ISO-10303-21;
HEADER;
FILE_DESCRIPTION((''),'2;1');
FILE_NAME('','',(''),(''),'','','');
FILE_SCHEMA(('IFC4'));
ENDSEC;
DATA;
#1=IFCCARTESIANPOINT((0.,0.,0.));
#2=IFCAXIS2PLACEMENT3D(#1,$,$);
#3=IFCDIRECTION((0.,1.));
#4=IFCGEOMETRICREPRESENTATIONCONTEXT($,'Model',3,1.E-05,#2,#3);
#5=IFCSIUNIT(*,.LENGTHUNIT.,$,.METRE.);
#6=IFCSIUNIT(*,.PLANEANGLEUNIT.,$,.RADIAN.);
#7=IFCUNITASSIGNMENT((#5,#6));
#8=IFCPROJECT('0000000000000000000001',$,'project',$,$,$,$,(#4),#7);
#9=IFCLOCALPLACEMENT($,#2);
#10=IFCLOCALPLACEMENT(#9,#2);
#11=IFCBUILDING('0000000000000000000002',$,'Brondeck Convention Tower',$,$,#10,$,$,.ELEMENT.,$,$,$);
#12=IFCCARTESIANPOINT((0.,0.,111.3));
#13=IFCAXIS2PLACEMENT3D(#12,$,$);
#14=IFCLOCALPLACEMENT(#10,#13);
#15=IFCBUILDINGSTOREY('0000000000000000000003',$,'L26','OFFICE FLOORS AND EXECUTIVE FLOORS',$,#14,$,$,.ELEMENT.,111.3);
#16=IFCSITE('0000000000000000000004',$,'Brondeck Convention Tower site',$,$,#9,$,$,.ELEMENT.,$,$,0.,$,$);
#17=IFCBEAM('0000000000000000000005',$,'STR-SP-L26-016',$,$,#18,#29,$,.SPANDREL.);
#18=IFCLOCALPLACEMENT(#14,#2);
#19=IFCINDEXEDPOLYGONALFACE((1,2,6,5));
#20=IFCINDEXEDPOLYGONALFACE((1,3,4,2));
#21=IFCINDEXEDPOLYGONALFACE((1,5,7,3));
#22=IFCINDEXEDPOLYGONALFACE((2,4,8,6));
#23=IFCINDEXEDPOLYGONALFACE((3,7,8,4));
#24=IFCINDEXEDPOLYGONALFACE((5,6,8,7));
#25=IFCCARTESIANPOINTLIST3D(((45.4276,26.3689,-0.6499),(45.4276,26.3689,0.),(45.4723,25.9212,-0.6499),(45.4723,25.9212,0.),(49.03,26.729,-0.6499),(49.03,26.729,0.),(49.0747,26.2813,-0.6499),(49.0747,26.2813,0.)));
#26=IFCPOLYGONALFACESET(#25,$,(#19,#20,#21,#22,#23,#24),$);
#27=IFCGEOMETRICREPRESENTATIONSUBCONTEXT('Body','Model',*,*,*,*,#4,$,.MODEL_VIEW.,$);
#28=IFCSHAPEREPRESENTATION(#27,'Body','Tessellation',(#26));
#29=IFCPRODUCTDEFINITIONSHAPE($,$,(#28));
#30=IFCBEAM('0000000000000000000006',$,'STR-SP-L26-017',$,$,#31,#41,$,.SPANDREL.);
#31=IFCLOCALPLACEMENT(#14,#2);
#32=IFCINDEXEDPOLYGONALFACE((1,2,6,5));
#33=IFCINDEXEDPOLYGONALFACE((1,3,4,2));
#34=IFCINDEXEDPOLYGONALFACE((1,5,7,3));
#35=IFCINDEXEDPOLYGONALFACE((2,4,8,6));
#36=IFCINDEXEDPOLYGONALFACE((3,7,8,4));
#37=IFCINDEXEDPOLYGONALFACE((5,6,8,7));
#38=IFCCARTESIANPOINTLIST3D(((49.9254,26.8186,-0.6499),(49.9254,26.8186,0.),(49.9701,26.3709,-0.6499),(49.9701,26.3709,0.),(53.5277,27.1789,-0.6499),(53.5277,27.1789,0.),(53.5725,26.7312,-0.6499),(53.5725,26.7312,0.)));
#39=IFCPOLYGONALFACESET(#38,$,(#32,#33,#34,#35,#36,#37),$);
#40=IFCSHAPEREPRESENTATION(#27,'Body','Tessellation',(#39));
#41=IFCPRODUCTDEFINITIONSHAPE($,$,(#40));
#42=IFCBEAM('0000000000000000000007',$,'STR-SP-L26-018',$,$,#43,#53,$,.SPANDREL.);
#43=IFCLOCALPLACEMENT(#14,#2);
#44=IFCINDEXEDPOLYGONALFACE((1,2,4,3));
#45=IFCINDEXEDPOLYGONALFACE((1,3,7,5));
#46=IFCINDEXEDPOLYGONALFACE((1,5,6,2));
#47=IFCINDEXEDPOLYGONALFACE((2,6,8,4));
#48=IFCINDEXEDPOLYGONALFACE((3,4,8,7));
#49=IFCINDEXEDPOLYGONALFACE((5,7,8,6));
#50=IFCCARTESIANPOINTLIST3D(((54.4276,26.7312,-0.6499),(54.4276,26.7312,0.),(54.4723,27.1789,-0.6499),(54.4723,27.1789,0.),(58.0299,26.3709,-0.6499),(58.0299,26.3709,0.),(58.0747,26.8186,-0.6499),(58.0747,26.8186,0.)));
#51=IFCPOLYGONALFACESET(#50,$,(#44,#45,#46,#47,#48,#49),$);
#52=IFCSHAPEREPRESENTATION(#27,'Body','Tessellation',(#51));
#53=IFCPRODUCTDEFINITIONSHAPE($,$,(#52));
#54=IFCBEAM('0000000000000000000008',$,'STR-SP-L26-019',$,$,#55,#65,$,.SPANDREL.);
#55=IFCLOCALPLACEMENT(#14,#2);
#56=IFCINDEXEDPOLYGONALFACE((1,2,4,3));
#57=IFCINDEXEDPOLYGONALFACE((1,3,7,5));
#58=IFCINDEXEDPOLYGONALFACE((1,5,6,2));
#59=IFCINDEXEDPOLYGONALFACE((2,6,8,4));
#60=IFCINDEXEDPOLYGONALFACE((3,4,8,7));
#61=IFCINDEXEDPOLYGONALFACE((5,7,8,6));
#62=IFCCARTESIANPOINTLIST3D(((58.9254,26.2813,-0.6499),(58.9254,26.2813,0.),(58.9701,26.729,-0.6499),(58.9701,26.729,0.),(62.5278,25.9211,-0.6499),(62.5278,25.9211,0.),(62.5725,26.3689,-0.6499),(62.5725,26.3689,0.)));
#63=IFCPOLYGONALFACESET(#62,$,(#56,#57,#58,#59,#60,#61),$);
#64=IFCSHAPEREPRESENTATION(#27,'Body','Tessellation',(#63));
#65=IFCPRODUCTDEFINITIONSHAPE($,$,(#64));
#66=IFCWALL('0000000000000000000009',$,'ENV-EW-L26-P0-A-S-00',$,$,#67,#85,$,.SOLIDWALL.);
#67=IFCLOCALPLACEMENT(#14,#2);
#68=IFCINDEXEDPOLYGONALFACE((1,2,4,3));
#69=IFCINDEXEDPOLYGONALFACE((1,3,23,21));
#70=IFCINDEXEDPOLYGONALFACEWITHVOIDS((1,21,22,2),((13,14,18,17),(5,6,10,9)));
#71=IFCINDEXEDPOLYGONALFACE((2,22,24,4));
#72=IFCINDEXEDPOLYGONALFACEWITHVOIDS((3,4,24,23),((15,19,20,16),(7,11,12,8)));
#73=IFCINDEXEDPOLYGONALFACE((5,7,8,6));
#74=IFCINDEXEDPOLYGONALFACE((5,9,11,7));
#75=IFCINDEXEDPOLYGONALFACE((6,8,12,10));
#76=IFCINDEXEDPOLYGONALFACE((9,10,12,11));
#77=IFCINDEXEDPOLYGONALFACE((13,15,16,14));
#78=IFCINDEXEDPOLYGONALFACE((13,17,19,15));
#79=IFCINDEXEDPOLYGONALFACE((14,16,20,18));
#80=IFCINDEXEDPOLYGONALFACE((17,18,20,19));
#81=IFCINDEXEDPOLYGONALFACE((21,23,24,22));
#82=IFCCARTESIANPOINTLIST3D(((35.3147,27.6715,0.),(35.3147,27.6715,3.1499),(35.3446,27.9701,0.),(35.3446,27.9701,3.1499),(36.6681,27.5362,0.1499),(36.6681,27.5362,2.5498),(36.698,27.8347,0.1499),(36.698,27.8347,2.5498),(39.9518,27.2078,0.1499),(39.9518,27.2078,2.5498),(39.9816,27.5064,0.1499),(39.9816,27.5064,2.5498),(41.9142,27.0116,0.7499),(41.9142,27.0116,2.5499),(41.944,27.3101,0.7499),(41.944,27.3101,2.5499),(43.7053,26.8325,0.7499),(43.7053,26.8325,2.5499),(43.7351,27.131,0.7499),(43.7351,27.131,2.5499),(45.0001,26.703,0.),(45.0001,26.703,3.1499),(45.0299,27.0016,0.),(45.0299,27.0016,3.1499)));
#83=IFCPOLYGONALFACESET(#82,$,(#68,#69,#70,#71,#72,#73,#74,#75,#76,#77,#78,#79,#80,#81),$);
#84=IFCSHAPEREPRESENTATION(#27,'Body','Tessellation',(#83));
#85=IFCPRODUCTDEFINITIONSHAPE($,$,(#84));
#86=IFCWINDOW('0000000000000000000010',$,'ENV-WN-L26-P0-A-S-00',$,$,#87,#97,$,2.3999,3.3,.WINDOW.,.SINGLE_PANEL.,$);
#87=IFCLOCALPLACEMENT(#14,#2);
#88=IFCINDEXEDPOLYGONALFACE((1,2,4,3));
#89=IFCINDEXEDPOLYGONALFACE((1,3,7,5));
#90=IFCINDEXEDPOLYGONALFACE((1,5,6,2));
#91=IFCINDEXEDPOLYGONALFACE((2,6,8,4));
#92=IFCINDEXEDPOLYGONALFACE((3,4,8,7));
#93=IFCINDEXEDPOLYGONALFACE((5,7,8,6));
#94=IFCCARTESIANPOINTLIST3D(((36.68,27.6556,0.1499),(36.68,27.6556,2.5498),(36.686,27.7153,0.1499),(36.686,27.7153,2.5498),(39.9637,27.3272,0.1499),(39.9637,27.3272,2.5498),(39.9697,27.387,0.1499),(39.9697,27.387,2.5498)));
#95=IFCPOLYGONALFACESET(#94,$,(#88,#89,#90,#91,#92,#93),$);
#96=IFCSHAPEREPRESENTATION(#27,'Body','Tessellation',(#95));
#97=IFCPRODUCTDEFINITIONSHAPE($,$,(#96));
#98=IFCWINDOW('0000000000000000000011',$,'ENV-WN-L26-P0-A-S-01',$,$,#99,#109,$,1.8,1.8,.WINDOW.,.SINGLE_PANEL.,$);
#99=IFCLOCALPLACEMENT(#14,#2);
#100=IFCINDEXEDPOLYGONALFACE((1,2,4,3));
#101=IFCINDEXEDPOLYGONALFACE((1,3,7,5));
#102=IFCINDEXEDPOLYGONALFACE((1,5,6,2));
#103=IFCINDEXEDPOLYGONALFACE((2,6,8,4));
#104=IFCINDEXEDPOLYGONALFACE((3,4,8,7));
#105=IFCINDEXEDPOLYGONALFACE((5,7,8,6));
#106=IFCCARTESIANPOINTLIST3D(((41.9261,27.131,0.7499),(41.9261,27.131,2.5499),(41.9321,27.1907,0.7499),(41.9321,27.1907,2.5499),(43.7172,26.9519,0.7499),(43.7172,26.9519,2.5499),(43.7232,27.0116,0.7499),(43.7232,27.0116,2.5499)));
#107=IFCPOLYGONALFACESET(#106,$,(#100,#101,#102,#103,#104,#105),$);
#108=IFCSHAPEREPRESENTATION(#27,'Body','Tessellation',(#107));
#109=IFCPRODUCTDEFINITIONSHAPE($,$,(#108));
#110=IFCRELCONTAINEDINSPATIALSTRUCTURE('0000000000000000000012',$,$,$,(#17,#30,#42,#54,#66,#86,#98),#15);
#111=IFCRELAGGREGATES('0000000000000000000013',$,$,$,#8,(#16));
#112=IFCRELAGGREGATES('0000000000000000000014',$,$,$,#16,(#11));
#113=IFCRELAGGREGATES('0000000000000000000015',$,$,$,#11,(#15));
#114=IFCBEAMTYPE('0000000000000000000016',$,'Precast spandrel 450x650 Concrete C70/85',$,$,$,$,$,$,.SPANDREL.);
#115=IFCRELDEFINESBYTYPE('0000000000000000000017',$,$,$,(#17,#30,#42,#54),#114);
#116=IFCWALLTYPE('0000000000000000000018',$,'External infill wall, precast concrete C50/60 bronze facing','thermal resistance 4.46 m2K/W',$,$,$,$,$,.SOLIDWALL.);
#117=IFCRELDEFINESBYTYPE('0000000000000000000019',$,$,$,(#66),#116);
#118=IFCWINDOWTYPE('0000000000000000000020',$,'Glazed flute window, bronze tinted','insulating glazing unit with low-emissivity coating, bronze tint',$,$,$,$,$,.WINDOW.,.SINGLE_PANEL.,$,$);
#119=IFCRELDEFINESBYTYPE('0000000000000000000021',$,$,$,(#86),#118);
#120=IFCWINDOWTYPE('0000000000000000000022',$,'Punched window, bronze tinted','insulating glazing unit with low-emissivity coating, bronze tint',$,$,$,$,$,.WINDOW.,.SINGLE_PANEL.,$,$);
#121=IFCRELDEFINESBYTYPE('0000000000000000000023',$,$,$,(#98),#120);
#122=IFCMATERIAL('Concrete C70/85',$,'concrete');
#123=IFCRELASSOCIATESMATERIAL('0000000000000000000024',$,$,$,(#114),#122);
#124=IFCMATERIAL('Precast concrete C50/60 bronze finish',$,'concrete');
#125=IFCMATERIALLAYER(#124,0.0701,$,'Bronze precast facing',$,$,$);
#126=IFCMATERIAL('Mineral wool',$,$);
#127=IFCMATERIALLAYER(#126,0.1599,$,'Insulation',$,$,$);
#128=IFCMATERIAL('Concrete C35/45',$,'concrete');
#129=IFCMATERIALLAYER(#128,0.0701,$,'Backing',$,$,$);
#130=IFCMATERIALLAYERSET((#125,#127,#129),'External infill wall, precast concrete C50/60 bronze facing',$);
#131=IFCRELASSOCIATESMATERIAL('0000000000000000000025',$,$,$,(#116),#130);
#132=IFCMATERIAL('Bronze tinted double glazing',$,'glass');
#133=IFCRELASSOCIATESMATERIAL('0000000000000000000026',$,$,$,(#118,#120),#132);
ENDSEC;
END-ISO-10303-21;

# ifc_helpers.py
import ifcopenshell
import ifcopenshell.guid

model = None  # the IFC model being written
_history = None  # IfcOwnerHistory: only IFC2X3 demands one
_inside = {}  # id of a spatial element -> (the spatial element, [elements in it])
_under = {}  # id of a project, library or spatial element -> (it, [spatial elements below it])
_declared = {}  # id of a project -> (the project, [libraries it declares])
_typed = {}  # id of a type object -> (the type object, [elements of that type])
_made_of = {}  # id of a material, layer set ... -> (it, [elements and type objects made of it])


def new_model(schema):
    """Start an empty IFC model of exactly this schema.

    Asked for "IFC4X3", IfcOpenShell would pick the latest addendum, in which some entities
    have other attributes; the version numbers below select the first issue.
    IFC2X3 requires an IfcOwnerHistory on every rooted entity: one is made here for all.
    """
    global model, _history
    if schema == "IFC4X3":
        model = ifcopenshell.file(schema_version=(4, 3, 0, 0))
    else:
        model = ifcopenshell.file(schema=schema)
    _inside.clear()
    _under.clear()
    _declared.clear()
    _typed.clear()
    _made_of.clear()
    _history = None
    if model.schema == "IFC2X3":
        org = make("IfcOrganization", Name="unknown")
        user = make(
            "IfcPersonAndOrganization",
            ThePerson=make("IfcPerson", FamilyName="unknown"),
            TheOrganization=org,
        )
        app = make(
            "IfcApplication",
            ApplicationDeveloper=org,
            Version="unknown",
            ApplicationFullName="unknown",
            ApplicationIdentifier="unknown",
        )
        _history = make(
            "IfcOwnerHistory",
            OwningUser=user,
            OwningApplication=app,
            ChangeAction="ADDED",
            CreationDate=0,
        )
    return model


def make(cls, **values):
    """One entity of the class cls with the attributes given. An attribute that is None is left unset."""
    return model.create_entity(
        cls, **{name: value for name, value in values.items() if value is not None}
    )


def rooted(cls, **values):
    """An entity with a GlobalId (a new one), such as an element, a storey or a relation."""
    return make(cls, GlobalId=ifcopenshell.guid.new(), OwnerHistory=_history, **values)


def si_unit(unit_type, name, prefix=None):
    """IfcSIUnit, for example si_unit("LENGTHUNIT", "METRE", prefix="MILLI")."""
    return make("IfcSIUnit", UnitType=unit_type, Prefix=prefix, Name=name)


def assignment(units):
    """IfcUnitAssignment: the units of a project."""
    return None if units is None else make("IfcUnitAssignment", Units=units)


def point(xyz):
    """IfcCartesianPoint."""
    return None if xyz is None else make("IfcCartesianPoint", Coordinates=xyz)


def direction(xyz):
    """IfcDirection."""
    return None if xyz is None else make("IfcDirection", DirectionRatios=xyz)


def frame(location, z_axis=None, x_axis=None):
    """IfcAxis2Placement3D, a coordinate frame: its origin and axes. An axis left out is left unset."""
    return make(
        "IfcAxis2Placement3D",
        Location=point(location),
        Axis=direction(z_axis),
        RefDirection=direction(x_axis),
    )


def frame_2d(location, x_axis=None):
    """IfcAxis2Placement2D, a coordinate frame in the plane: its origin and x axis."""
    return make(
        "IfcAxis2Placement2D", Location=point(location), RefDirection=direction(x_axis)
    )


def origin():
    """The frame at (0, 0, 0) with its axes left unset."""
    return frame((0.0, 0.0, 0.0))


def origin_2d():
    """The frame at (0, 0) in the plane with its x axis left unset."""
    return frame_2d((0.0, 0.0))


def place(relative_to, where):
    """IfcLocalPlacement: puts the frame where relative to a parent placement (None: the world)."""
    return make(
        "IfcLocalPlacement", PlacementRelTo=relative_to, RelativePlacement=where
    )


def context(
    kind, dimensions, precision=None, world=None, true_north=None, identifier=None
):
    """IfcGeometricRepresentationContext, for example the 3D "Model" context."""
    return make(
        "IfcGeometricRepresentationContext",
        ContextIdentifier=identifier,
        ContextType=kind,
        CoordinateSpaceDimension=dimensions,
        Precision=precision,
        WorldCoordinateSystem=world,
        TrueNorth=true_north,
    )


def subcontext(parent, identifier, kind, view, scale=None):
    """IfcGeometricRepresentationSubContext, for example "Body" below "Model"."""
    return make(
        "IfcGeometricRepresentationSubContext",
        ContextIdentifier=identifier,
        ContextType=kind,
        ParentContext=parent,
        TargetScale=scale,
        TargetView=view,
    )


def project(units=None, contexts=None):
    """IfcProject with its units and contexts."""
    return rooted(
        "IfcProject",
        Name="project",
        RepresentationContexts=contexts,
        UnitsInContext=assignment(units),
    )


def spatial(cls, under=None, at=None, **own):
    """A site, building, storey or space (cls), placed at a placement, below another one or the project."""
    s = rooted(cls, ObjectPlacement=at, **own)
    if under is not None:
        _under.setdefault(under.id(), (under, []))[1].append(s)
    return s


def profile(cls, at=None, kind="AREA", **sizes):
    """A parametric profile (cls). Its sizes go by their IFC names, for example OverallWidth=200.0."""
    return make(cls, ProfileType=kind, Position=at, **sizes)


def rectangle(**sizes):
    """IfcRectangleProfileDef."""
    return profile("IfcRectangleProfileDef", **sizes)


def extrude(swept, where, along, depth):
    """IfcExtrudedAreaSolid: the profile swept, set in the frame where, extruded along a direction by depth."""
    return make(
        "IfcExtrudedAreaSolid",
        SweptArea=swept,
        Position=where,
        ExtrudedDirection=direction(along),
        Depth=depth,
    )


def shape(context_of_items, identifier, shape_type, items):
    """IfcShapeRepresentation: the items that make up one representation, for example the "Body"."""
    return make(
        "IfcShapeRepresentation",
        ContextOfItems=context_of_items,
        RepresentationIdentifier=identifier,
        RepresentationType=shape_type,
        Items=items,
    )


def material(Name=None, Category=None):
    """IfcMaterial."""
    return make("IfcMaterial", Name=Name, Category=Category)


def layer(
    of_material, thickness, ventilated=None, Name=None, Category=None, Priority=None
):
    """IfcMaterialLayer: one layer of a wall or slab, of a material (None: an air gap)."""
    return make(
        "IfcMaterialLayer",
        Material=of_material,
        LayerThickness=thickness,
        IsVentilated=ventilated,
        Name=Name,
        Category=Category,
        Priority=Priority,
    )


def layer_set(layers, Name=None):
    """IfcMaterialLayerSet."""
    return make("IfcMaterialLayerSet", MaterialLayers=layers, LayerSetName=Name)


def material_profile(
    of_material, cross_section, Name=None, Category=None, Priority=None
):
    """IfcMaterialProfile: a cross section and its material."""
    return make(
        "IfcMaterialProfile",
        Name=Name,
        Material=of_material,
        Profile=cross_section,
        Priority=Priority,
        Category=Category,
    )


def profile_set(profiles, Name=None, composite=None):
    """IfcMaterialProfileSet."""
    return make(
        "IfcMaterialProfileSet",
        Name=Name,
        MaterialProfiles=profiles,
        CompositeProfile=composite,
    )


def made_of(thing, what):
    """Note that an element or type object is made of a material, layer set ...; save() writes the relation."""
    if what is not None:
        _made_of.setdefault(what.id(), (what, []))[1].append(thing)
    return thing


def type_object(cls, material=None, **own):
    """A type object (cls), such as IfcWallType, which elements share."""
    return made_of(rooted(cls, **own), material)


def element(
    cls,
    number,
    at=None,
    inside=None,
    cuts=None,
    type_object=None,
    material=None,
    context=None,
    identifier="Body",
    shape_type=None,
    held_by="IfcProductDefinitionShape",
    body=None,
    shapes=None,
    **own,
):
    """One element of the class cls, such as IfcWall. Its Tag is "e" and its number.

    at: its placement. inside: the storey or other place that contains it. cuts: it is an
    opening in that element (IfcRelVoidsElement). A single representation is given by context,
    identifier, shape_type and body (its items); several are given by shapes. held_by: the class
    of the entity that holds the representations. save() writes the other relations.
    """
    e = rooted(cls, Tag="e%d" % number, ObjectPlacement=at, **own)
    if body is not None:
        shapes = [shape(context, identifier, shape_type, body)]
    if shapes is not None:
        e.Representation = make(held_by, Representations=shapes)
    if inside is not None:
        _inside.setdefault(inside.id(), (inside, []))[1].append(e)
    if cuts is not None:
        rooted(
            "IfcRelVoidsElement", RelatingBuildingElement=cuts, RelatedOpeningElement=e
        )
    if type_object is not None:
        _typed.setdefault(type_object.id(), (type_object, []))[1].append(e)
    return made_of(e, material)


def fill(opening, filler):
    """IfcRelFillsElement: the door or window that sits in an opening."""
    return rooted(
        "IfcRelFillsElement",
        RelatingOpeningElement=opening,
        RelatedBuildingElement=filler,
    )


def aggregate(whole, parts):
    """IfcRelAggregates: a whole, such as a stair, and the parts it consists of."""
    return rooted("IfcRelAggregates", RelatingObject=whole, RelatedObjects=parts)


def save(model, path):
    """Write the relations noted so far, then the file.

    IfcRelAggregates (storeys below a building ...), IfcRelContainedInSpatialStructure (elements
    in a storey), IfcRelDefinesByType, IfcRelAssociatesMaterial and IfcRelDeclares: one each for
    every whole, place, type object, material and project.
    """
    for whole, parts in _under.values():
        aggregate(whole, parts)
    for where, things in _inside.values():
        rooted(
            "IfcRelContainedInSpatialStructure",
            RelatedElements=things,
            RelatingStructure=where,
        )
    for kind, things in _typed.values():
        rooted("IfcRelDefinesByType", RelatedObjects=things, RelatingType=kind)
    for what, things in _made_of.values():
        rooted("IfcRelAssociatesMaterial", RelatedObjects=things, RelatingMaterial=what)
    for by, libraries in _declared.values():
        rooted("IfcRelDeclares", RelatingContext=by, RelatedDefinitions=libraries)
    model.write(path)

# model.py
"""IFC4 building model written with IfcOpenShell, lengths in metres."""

from ifc_helpers import new_model, si_unit, direction, frame, frame_2d, origin, origin_2d, place, context, subcontext, project, spatial, rectangle, extrude, material, layer, layer_set, material_profile, profile_set, type_object, element, fill, save


model = new_model("IFC4")

# Units and contexts
model_context = context("Model", 3, precision=1e-05, world=origin(), true_north=direction((0.0, 1.0)))
body_context = subcontext(model_context, "Body", "Model", "MODEL_VIEW")
ifc_project = project(units=[si_unit("LENGTHUNIT", "METRE"), si_unit("PLANEANGLEUNIT", "RADIAN")], contexts=[model_context])

# Site, building, storey
site_placement = place(None, origin())
site = spatial("IfcSite", under=ifc_project, at=site_placement, Name="Brondeck Convention Tower site", CompositionType="ELEMENT", RefElevation=0.0)
building_placement = place(site_placement, origin())
building = spatial("IfcBuilding", under=site, at=building_placement, Name="Brondeck Convention Tower", CompositionType="ELEMENT")
storey_placement = place(building_placement, frame((0.0, 0.0, 111.3)))
storey = spatial("IfcBuildingStorey", under=building, at=storey_placement, Name="L26", Description="OFFICE FLOORS AND EXECUTIVE FLOORS", CompositionType="ELEMENT", Elevation=111.3)

# Shared definitions
ifc_material_1 = material(Name="Concrete C70/85", Category="concrete")

# Beams
ifc_material_profile_1 = material_profile(ifc_material_1, rectangle(XDim=0.45, YDim=0.6499, at=origin_2d()), Name="Precast spandrel 450x650 Concrete C70/85")
ifc_profile_set_1 = profile_set([ifc_material_profile_1], Name="Concrete C70/85")
beam_type_1 = type_object("IfcBeamType", Name="Precast spandrel 450x650 Concrete C70/85", PredefinedType="SPANDREL", material=ifc_profile_set_1)
for number, where, z_axis, x_axis, name in (
    (1, (45.45, 26.145, -0.325), (0.995041, 0.09947, 0.0), (-0.09947, 0.995041, 0.0), "STR-SP-L26-016"),
    (2, (49.9478, 26.5947, -0.325), (0.995034, 0.099537, 0.0), (-0.099537, 0.995034, 0.0), "STR-SP-L26-017"),
    (3, (54.45, 26.9551, -0.325), (0.995034, -0.099537, 0.0), (0.099537, 0.995034, 0.0), "STR-SP-L26-018"),
    (4, (58.9478, 26.5051, -0.325), (0.995041, -0.09947, 0.0), (0.09947, 0.995041, 0.0), "STR-SP-L26-019"),
):
    element("IfcBeam", number, at=place(storey_placement, frame(where, z_axis=z_axis, x_axis=x_axis)), inside=storey, type_object=beam_type_1, Name=name, PredefinedType="SPANDREL", context=body_context, shape_type="SweptSolid", body=[
        extrude(rectangle(XDim=0.45, YDim=0.6499, at=origin_2d()), origin(), (0.0, 0.0, 1.0), 3.6204),
    ])

# Wall, openings, windows
ifc_material_2 = material(Name="Precast concrete C50/60 bronze finish", Category="concrete")
ifc_layer_1 = layer(ifc_material_2, 0.0701, Name="Bronze precast facing")
ifc_material_3 = material(Name="Mineral wool")
ifc_layer_2 = layer(ifc_material_3, 0.1599, Name="Insulation")
ifc_material_4 = material(Name="Concrete C35/45", Category="concrete")
ifc_layer_3 = layer(ifc_material_4, 0.0701, Name="Backing")
ifc_layer_set = layer_set([ifc_layer_1, ifc_layer_2, ifc_layer_3], Name="External infill wall, precast concrete C50/60 bronze facing")
wall_type = type_object("IfcWallType", Name="External infill wall, precast concrete C50/60 bronze facing", Description="thermal resistance 4.46 m2K/W", PredefinedType="SOLIDWALL", material=ifc_layer_set)
wall_placement = place(storey_placement, frame((45.0149, 26.8523, 0.0), z_axis=(0.0, 0.0, 1.0), x_axis=(-0.995037, 0.099501, 0.0)))
wall = element("IfcWall", 5, at=wall_placement, inside=storey, type_object=wall_type, Name="ENV-EW-L26-P0-A-S-00", PredefinedType="SOLIDWALL", context=body_context, shape_type="SweptSolid", body=[
    extrude(rectangle(XDim=9.7336, YDim=0.3, at=frame_2d((4.8667, 0.0))), origin(), (0.0, 0.0, 1.0), 3.1499),
])
opening_1_placement = place(wall_placement, frame((1.3013, 0.0, 0.75)))
opening_1 = element("IfcOpeningElement", 6, at=opening_1_placement, cuts=wall, PredefinedType="OPENING", context=body_context, shape_type="SweptSolid", body=[
    extrude(rectangle(XDim=1.8, YDim=1.8, at=frame_2d((0.8999, 0.8999))), frame((0.0, 0.1599, 0.0), z_axis=(0.0, -1.0, 0.0), x_axis=(1.0, 0.0, 0.0)), (0.0, 0.0, 1.0), 0.3201),
])
opening_2_placement = place(wall_placement, frame((5.0735, 0.0, 0.1499)))
opening_2 = element("IfcOpeningElement", 7, at=opening_2_placement, cuts=wall, PredefinedType="OPENING", context=body_context, shape_type="SweptSolid", body=[
    extrude(rectangle(XDim=3.3, YDim=2.3999, at=frame_2d((1.6499, 1.2))), frame((0.0, 0.1599, 0.0), z_axis=(0.0, -1.0, 0.0), x_axis=(1.0, 0.0, 0.0)), (0.0, 0.0, 1.0), 0.3201),
])
ifc_material_5 = material(Name="Bronze tinted double glazing", Category="glass")
window_type_1 = type_object("IfcWindowType", Name="Glazed flute window, bronze tinted", Description="insulating glazing unit with low-emissivity coating, bronze tint", PartitioningType="SINGLE_PANEL", PredefinedType="WINDOW", material=ifc_material_5)
window_1_placement = place(opening_2_placement, origin())
window_1 = element("IfcWindow", 8, at=window_1_placement, inside=storey, type_object=window_type_1, Name="ENV-WN-L26-P0-A-S-00", OverallHeight=2.3999, OverallWidth=3.3, PartitioningType="SINGLE_PANEL", PredefinedType="WINDOW", context=body_context, shape_type="SweptSolid", body=[
    extrude(rectangle(XDim=3.3, YDim=2.3999, at=frame_2d((1.6499, 1.2))), frame((0.0, 0.03, 0.0), z_axis=(0.0, -1.0, 0.0), x_axis=(1.0, 0.0, 0.0)), (0.0, 0.0, 1.0), 0.0601),
])
fill(opening_2, window_1)
window_type_2 = type_object("IfcWindowType", Name="Punched window, bronze tinted", Description="insulating glazing unit with low-emissivity coating, bronze tint", PartitioningType="SINGLE_PANEL", PredefinedType="WINDOW", material=ifc_material_5)
window_2_placement = place(opening_1_placement, origin())
window_2 = element("IfcWindow", 9, at=window_2_placement, inside=storey, type_object=window_type_2, Name="ENV-WN-L26-P0-A-S-01", OverallHeight=1.8, OverallWidth=1.8, PartitioningType="SINGLE_PANEL", PredefinedType="WINDOW", context=body_context, shape_type="SweptSolid", body=[
    extrude(rectangle(XDim=1.8, YDim=1.8, at=frame_2d((0.8999, 0.8999))), frame((0.0, 0.03, 0.0), z_axis=(0.0, -1.0, 0.0), x_axis=(1.0, 0.0, 0.0)), (0.0, 0.0, 1.0), 0.0601),
])
fill(opening_1, window_2)

save(model, "model.ifc")
